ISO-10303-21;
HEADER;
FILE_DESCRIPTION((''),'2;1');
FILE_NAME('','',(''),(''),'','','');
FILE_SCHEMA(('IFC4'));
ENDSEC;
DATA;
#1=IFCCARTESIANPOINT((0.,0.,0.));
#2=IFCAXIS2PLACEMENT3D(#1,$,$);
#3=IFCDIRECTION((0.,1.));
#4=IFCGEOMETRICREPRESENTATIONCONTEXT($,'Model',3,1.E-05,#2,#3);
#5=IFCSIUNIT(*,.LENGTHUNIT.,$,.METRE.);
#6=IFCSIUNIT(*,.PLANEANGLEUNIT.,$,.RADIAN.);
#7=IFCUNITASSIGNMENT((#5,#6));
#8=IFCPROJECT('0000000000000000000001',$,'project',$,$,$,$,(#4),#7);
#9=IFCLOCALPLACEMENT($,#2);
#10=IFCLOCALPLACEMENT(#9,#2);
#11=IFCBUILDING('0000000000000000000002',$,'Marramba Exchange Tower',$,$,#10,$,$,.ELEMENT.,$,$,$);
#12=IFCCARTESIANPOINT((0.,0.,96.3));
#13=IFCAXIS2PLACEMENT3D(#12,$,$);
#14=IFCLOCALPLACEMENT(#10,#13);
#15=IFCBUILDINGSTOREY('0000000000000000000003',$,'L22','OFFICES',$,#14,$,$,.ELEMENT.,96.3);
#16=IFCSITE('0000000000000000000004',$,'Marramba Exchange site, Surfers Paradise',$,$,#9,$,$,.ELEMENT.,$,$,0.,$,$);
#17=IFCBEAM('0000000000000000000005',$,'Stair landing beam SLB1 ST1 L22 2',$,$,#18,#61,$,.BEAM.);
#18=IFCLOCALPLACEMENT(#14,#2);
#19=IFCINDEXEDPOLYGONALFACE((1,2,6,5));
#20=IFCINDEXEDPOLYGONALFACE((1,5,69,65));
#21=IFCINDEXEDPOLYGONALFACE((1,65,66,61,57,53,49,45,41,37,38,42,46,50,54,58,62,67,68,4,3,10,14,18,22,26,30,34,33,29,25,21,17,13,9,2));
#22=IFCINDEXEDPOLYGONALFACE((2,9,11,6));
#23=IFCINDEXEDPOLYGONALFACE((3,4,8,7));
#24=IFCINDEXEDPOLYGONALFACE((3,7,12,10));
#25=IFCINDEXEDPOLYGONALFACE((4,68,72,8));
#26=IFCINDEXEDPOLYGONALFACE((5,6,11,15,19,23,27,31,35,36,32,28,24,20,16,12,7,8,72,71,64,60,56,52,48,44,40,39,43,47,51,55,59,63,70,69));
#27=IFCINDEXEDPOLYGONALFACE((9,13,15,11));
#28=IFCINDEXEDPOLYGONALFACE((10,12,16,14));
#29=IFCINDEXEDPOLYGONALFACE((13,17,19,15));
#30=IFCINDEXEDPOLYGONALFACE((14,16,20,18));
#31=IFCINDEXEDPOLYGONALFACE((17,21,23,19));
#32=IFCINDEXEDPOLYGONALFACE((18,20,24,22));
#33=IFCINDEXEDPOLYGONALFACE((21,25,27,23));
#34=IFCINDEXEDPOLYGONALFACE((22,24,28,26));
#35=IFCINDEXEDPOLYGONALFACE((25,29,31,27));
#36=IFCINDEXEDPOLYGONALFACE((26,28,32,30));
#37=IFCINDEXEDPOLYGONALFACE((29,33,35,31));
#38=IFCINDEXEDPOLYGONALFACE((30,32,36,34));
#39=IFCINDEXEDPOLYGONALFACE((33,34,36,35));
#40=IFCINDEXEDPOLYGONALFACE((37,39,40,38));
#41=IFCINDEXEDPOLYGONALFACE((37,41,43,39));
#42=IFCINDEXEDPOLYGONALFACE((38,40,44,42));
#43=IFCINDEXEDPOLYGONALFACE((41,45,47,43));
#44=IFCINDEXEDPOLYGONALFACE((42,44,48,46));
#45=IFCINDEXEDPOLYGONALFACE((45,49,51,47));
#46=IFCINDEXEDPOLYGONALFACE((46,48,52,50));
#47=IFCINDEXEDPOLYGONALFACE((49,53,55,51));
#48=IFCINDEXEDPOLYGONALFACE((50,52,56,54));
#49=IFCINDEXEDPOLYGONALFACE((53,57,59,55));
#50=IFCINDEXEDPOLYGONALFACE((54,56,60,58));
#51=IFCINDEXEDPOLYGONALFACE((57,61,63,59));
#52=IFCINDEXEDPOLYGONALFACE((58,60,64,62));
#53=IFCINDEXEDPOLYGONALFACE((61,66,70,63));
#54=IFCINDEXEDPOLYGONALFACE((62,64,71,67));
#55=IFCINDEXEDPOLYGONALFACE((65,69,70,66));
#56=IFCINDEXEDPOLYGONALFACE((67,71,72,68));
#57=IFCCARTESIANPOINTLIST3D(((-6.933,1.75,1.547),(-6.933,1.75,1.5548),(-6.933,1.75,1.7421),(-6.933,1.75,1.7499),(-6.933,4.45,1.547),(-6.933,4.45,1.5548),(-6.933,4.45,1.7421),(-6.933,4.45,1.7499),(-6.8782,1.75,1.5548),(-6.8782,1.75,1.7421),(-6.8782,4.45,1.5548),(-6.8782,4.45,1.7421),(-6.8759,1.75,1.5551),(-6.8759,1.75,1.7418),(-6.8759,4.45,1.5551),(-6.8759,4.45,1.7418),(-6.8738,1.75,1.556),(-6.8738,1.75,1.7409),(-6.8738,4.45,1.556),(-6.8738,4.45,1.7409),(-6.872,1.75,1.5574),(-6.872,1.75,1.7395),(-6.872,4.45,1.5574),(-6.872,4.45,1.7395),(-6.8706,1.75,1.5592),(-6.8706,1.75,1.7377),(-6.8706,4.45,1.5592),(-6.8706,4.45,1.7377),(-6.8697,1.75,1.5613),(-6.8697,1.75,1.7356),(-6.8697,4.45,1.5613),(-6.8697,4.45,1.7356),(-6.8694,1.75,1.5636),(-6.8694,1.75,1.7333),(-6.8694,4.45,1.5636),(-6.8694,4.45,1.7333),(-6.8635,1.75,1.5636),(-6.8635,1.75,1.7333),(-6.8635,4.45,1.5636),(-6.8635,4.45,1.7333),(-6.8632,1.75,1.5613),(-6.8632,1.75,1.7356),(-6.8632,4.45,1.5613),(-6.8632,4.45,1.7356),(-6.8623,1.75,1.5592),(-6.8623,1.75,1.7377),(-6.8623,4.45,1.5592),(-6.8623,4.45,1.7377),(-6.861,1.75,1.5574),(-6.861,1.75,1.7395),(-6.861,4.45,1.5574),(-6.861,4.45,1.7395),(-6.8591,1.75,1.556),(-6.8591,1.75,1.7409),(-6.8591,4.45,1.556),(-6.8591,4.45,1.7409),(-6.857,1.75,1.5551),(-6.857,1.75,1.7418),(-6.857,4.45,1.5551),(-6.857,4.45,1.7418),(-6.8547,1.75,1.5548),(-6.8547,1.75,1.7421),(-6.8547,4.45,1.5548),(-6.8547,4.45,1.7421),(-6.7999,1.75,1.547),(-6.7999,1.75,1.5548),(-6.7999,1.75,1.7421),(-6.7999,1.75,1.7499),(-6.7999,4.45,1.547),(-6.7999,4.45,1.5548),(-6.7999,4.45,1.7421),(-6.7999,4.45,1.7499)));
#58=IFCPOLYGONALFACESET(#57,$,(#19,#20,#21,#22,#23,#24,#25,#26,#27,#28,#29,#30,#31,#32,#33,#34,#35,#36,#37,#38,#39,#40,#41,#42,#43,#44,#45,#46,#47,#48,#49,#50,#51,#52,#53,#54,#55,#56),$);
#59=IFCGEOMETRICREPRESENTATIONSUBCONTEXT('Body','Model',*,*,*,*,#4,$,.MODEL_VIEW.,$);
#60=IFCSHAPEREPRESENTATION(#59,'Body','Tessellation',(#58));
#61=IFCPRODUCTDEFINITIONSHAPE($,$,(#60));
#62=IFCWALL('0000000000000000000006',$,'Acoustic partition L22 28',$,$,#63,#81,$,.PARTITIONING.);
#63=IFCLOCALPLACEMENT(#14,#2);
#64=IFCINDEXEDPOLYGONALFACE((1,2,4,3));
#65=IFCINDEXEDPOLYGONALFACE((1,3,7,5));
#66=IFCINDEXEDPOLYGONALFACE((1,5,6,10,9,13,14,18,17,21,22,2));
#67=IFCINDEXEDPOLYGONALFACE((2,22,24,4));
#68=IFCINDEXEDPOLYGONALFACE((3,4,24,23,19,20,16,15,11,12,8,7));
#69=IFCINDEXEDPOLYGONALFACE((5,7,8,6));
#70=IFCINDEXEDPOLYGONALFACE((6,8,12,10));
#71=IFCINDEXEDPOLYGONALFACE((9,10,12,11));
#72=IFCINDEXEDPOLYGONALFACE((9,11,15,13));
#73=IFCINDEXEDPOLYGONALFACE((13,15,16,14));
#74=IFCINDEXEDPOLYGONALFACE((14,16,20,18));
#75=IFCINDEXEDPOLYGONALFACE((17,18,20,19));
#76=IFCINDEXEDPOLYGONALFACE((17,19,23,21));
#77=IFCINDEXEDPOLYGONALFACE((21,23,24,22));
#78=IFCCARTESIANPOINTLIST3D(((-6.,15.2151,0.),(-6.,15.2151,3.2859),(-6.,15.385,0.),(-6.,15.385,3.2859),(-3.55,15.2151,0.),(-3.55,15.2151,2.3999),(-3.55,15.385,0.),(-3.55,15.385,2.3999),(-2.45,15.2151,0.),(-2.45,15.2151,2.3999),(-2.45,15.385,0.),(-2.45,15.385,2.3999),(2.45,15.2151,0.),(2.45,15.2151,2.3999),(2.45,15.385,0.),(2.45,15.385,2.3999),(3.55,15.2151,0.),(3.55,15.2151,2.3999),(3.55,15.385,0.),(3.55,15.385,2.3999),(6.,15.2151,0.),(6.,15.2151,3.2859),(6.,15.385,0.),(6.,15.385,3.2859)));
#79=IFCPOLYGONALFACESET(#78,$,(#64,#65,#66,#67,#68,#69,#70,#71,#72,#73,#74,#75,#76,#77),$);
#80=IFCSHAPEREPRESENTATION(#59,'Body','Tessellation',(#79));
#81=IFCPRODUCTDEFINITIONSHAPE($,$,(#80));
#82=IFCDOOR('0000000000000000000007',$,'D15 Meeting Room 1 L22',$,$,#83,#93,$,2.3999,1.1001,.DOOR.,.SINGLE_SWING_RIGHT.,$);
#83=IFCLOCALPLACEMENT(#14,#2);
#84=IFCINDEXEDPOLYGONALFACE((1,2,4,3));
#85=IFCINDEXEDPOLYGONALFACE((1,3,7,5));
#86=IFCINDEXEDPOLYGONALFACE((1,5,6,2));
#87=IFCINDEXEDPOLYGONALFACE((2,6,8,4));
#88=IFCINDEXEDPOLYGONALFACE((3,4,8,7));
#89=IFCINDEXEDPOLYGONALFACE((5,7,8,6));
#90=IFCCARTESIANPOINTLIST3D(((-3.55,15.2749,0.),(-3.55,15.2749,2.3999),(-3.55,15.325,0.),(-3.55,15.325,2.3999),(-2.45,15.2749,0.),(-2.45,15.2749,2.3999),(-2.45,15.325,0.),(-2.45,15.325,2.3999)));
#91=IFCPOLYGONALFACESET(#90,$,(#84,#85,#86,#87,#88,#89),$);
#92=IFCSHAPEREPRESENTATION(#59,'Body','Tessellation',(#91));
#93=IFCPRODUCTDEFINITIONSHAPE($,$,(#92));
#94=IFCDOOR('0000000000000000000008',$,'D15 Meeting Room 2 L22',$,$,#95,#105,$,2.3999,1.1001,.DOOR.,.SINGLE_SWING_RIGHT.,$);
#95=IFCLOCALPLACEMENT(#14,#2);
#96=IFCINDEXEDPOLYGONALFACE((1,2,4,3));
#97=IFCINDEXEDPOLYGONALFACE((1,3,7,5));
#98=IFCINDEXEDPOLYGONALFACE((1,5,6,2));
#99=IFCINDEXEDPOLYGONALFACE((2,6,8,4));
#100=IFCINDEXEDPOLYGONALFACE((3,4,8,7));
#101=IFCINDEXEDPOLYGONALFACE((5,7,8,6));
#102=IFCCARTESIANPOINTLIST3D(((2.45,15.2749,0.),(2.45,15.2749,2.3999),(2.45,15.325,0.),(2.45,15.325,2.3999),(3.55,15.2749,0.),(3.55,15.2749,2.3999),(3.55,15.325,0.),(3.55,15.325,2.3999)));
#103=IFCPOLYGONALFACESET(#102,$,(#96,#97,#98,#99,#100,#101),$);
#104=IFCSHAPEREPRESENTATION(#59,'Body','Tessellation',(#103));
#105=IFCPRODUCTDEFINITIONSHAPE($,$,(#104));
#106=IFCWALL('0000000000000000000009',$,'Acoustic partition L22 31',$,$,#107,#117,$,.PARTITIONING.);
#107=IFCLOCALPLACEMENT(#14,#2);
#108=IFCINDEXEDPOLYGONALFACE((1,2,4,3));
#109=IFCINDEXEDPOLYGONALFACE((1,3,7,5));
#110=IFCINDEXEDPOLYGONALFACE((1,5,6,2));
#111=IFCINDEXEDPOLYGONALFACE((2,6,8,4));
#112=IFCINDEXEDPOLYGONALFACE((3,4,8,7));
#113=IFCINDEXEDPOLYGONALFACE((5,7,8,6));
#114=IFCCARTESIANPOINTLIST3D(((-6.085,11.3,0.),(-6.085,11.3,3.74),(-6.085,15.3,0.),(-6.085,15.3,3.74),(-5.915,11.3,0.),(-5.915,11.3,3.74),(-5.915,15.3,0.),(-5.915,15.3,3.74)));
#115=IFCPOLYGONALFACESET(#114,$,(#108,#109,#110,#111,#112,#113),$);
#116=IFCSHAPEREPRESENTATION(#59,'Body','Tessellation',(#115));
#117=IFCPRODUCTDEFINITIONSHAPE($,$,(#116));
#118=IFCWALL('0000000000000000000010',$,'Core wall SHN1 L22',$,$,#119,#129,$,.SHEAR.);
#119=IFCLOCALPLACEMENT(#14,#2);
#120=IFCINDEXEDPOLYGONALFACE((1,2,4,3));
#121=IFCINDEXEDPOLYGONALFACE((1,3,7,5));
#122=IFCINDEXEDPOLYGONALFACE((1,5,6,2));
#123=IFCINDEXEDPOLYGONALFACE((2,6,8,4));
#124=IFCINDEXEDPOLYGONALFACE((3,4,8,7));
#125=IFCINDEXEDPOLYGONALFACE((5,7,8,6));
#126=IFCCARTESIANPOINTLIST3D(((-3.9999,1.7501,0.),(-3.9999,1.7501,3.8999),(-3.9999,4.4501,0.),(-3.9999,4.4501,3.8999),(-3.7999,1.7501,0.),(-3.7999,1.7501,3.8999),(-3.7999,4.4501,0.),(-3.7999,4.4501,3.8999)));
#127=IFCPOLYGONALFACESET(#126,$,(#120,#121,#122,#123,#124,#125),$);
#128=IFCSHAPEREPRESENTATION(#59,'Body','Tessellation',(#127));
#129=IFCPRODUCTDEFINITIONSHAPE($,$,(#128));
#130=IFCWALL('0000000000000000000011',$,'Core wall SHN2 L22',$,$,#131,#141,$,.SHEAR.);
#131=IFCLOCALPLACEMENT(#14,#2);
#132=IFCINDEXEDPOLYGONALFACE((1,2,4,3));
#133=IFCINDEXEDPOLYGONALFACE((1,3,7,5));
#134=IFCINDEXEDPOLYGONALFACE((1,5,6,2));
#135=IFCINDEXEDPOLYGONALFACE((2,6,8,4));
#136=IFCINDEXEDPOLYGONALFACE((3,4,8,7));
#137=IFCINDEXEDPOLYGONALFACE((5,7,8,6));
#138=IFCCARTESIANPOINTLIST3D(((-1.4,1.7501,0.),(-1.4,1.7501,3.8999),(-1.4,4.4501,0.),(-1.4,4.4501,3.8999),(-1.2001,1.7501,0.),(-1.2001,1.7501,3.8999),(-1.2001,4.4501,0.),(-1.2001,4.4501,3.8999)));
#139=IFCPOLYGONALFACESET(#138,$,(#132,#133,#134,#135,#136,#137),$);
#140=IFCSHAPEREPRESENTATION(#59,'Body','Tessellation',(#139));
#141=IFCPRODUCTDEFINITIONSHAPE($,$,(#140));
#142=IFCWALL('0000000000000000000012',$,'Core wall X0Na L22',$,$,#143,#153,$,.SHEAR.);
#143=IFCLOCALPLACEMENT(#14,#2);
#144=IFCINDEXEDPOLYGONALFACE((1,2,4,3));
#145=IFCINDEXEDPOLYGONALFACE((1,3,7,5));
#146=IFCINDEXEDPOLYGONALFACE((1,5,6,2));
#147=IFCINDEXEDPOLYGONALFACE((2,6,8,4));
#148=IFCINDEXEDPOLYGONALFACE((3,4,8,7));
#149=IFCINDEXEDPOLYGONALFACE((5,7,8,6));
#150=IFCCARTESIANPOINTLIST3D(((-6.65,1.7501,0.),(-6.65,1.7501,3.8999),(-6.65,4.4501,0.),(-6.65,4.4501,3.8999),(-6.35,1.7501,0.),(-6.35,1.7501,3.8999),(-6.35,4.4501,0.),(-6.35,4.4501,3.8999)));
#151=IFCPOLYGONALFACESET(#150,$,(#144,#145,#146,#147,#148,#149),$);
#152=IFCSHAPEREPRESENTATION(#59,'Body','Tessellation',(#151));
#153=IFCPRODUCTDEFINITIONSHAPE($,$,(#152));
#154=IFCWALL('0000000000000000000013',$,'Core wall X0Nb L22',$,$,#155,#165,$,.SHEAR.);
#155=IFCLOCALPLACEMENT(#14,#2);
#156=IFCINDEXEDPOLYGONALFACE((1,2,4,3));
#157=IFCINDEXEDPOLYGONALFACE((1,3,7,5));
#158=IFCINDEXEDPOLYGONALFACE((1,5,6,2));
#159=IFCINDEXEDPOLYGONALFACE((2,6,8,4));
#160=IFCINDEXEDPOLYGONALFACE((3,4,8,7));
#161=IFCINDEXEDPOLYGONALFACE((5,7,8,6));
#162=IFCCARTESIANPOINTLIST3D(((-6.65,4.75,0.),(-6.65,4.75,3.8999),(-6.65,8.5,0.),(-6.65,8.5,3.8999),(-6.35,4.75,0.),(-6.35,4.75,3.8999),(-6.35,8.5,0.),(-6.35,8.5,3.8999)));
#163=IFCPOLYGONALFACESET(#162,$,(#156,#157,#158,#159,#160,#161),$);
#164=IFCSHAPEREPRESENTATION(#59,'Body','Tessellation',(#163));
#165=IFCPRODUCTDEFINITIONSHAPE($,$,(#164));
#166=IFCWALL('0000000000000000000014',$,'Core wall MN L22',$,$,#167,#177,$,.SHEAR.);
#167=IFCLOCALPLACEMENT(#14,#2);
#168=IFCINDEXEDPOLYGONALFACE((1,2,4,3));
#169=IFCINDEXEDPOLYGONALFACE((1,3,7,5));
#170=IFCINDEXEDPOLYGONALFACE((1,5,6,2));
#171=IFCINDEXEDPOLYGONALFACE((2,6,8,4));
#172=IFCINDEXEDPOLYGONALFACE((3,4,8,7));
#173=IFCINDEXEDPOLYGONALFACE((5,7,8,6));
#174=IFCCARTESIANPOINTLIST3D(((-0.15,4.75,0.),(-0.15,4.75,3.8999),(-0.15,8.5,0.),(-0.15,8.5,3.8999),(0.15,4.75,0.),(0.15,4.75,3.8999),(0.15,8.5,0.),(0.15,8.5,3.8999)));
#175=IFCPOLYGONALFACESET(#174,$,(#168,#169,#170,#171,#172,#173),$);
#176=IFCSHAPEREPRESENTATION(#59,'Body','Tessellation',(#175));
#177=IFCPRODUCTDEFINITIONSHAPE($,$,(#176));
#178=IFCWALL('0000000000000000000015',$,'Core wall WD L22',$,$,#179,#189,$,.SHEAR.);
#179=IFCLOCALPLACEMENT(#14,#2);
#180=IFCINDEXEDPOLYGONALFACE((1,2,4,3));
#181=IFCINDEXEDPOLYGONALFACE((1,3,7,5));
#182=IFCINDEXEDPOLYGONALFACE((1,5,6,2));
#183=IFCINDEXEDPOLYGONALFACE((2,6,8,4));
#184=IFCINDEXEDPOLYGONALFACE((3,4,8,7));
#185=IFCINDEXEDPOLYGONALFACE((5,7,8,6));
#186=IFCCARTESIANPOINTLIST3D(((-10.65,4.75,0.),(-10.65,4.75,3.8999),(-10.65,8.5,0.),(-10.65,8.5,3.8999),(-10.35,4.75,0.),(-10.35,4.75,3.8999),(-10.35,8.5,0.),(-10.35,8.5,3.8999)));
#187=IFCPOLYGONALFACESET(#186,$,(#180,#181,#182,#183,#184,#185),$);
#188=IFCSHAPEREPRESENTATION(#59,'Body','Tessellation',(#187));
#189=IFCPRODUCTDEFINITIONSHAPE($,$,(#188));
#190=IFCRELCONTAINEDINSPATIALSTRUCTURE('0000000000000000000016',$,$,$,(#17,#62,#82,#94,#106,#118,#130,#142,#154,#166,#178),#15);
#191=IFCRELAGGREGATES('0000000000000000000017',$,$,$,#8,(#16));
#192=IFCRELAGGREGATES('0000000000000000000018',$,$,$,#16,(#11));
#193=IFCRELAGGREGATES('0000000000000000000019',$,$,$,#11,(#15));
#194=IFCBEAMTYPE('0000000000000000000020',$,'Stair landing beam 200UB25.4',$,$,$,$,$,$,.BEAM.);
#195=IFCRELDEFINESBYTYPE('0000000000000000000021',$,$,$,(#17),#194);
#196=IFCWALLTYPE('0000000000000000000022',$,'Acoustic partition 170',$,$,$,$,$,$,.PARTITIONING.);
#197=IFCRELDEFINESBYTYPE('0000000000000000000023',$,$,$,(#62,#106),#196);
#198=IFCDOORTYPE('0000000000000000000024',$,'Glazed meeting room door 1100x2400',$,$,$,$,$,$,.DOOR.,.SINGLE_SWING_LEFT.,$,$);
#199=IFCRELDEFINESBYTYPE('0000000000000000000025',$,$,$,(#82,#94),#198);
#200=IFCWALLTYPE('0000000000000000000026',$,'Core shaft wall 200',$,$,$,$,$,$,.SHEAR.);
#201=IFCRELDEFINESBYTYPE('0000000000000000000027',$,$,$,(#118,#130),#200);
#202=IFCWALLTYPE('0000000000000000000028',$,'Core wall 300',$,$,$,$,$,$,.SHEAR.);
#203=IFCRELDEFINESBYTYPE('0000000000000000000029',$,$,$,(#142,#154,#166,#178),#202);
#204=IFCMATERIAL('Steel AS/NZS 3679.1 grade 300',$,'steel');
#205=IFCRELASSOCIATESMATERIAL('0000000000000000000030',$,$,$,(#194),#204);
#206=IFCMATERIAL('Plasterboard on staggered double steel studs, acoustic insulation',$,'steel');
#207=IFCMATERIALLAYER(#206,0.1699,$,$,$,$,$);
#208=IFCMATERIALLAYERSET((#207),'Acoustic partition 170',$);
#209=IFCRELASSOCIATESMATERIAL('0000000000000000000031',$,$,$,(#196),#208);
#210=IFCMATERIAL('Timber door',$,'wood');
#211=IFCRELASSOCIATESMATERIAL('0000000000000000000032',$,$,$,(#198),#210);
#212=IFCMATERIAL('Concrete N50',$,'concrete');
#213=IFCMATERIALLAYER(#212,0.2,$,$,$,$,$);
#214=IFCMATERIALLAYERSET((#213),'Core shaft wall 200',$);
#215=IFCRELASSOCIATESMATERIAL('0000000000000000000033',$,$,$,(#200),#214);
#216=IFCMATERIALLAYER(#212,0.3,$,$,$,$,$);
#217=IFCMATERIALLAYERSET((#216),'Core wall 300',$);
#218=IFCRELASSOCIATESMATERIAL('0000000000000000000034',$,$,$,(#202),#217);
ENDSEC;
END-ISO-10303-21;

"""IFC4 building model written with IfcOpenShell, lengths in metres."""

from ifc_helpers import new_model, si_unit, direction, frame, frame_2d, origin, origin_2d, place, context, subcontext, project, spatial, rectangle, i_section, extrude, material, layer, layer_set, material_profile, profile_set, type_object, element, fill, save


model = new_model("IFC4")

# Units and contexts
model_context = context("Model", 3, precision=1e-05, world=origin(), true_north=direction((0.0, 1.0)))
body_context = subcontext(model_context, "Body", "Model", "MODEL_VIEW")
ifc_project = project(units=[si_unit("LENGTHUNIT", "METRE"), si_unit("PLANEANGLEUNIT", "RADIAN")], contexts=[model_context])

# Site, building, storey
site_placement = place(None, origin())
site = spatial("IfcSite", under=ifc_project, at=site_placement, Name="Marramba Exchange site, Surfers Paradise", CompositionType="ELEMENT", RefElevation=0.0)
building_placement = place(site_placement, origin())
building = spatial("IfcBuilding", under=site, at=building_placement, Name="Marramba Exchange Tower", CompositionType="ELEMENT")
storey_placement = place(building_placement, frame((0.0, 0.0, 96.3)))
storey = spatial("IfcBuildingStorey", under=building, at=storey_placement, Name="L22", Description="OFFICES", CompositionType="ELEMENT", Elevation=96.3)

# Beam
ifc_material_1 = material(Name="Steel AS/NZS 3679.1 grade 300", Category="steel")
ifc_material_profile_1 = material_profile(ifc_material_1, i_section(OverallWidth=0.1331, OverallDepth=0.2029, WebThickness=0.0059, FlangeThickness=0.0078, FilletRadius=0.0088, at=origin_2d()), Name="200UB25.4")
ifc_profile_set_1 = profile_set([ifc_material_profile_1], Name="Steel AS/NZS 3679.1 grade 300")
beam_type_1 = type_object("IfcBeamType", Name="Stair landing beam 200UB25.4", PredefinedType="BEAM", material=ifc_profile_set_1)
for number, where, z_axis, x_axis, name in (
    (1, (-6.8665, 1.75, 1.6484), (0.0, 1.0, 0.0), (-1.0, 0.0, 0.0), "Stair landing beam SLB1 ST1 L22 2"),
):
    element("IfcBeam", number, at=place(storey_placement, frame(where, z_axis=z_axis, x_axis=x_axis)), inside=storey, type_object=beam_type_1, Name=name, PredefinedType="BEAM", context=body_context, shape_type="SweptSolid", body=[
        extrude(i_section(OverallWidth=0.1331, OverallDepth=0.2029, WebThickness=0.0059, FlangeThickness=0.0078, FilletRadius=0.0088, at=origin_2d()), origin(), (0.0, 0.0, 1.0), 2.7),
    ])

# Wall, openings, doors
ifc_material_2 = material(Name="Plasterboard on staggered double steel studs, acoustic insulation", Category="steel")
ifc_layer_1 = layer(ifc_material_2, 0.1699)
ifc_layer_set_1 = layer_set([ifc_layer_1], Name="Acoustic partition 170")
wall_type_1 = type_object("IfcWallType", Name="Acoustic partition 170", PredefinedType="PARTITIONING", material=ifc_layer_set_1)
wall_1_placement = place(storey_placement, frame((-6.0, 15.3, 0.0), z_axis=(0.0, 0.0, 1.0), x_axis=(1.0, 0.0, 0.0)))
wall_1 = element("IfcWall", 2, at=wall_1_placement, inside=storey, type_object=wall_type_1, Name="Acoustic partition L22 28", PredefinedType="PARTITIONING", context=body_context, shape_type="SweptSolid", body=[
    extrude(rectangle(XDim=12.0, YDim=0.1699, at=frame_2d((6.0, 0.0))), origin(), (0.0, 0.0, 1.0), 3.2859),
])
opening_1_placement = place(wall_1_placement, frame((2.45, 0.0, 0.0)))
opening_1 = element("IfcOpeningElement", 3, at=opening_1_placement, cuts=wall_1, PredefinedType="OPENING", context=body_context, shape_type="SweptSolid", body=[
    extrude(rectangle(XDim=1.1001, YDim=2.3999, at=frame_2d((0.55, 1.2))), frame((0.0, 0.095, 0.0), z_axis=(0.0, -1.0, 0.0), x_axis=(1.0, 0.0, 0.0)), (0.0, 0.0, 1.0), 0.1899),
])
opening_2_placement = place(wall_1_placement, frame((8.45, 0.0, 0.0)))
opening_2 = element("IfcOpeningElement", 4, at=opening_2_placement, cuts=wall_1, PredefinedType="OPENING", context=body_context, shape_type="SweptSolid", body=[
    extrude(rectangle(XDim=1.1001, YDim=2.3999, at=frame_2d((0.55, 1.2))), frame((0.0, 0.095, 0.0), z_axis=(0.0, -1.0, 0.0), x_axis=(1.0, 0.0, 0.0)), (0.0, 0.0, 1.0), 0.1899),
])
ifc_material_3 = material(Name="Timber door", Category="wood")
door_type_1 = type_object("IfcDoorType", Name="Glazed meeting room door 1100x2400", OperationType="SINGLE_SWING_LEFT", PredefinedType="DOOR", material=ifc_material_3)
door_1_placement = place(opening_1_placement, frame((1.1001, 0.0, 0.0), z_axis=(0.0, 0.0, 1.0), x_axis=(-1.0, 0.0, 0.0)))
door_1 = element("IfcDoor", 5, at=door_1_placement, inside=storey, type_object=door_type_1, Name="D15 Meeting Room 1 L22", OperationType="SINGLE_SWING_RIGHT", OverallHeight=2.3999, OverallWidth=1.1001, PredefinedType="DOOR", context=body_context, shape_type="SweptSolid", body=[
    extrude(rectangle(XDim=1.1001, YDim=2.3999, at=frame_2d((0.55, 1.2))), frame((0.0, 0.0251, 0.0), z_axis=(0.0, -1.0, 0.0), x_axis=(1.0, 0.0, 0.0)), (0.0, 0.0, 1.0), 0.05),
])
fill(opening_1, door_1)
door_2_placement = place(opening_2_placement, frame((1.1001, 0.0, 0.0), z_axis=(0.0, 0.0, 1.0), x_axis=(-1.0, 0.0, 0.0)))
door_2 = element("IfcDoor", 6, at=door_2_placement, inside=storey, type_object=door_type_1, Name="D15 Meeting Room 2 L22", OperationType="SINGLE_SWING_RIGHT", OverallHeight=2.3999, OverallWidth=1.1001, PredefinedType="DOOR", context=body_context, shape_type="SweptSolid", body=[
    extrude(rectangle(XDim=1.1001, YDim=2.3999, at=frame_2d((0.55, 1.2))), frame((0.0, 0.0251, 0.0), z_axis=(0.0, -1.0, 0.0), x_axis=(1.0, 0.0, 0.0)), (0.0, 0.0, 1.0), 0.05),
])
fill(opening_2, door_2)

# Walls
wall_2_placement = place(storey_placement, frame((-6.0, 11.3, 0.0), z_axis=(0.0, 0.0, 1.0), x_axis=(0.0, 1.0, 0.0)))
element("IfcWall", 7, at=wall_2_placement, inside=storey, type_object=wall_type_1, Name="Acoustic partition L22 31", PredefinedType="PARTITIONING", context=body_context, shape_type="SweptSolid", body=[
    extrude(rectangle(XDim=4.0, YDim=0.1699, at=frame_2d((2.0, 0.0))), origin(), (0.0, 0.0, 1.0), 3.74),
])
ifc_material_4 = material(Name="Concrete N50", Category="concrete")
ifc_layer_2 = layer(ifc_material_4, 0.2)
ifc_layer_set_2 = layer_set([ifc_layer_2], Name="Core shaft wall 200")
wall_type_2 = type_object("IfcWallType", Name="Core shaft wall 200", PredefinedType="SHEAR", material=ifc_layer_set_2)
for number, where, z_axis, x_axis, name in (
    (8, (-3.8999, 1.75, 0.0), (0.0, 0.0, 1.0), (0.0, 1.0, 0.0), "Core wall SHN1 L22"),
    (9, (-1.3, 1.75, 0.0), (0.0, 0.0, 1.0), (0.0, 1.0, 0.0), "Core wall SHN2 L22"),
):
    element("IfcWall", number, at=place(storey_placement, frame(where, z_axis=z_axis, x_axis=x_axis)), inside=storey, type_object=wall_type_2, Name=name, PredefinedType="SHEAR", context=body_context, shape_type="SweptSolid", body=[
        extrude(rectangle(XDim=2.7, YDim=0.2, at=frame_2d((1.3501, 0.0))), origin(), (0.0, 0.0, 1.0), 3.8999),
    ])
ifc_layer_3 = layer(ifc_material_4, 0.3)
ifc_layer_set_3 = layer_set([ifc_layer_3], Name="Core wall 300")
wall_type_3 = type_object("IfcWallType", Name="Core wall 300", PredefinedType="SHEAR", material=ifc_layer_set_3)
wall_3_placement = place(storey_placement, frame((-6.5, 1.75, 0.0), z_axis=(0.0, 0.0, 1.0), x_axis=(0.0, 1.0, 0.0)))
element("IfcWall", 10, at=wall_3_placement, inside=storey, type_object=wall_type_3, Name="Core wall X0Na L22", PredefinedType="SHEAR", context=body_context, shape_type="SweptSolid", body=[
    extrude(rectangle(XDim=2.7, YDim=0.3, at=frame_2d((1.3501, 0.0))), origin(), (0.0, 0.0, 1.0), 3.8999),
])
for number, where, z_axis, x_axis, name in (
    (11, (-6.5, 4.75, 0.0), (0.0, 0.0, 1.0), (0.0, 1.0, 0.0), "Core wall X0Nb L22"),
    (12, (0.0, 4.75, 0.0), (0.0, 0.0, 1.0), (0.0, 1.0, 0.0), "Core wall MN L22"),
    (13, (-10.5, 4.75, 0.0), (0.0, 0.0, 1.0), (0.0, 1.0, 0.0), "Core wall WD L22"),
):
    element("IfcWall", number, at=place(storey_placement, frame(where, z_axis=z_axis, x_axis=x_axis)), inside=storey, type_object=wall_type_3, Name=name, PredefinedType="SHEAR", context=body_context, shape_type="SweptSolid", body=[
        extrude(rectangle(XDim=3.75, YDim=0.3, at=frame_2d((1.875, 0.0))), origin(), (0.0, 0.0, 1.0), 3.8999),
    ])

save(model, "model.ifc")
